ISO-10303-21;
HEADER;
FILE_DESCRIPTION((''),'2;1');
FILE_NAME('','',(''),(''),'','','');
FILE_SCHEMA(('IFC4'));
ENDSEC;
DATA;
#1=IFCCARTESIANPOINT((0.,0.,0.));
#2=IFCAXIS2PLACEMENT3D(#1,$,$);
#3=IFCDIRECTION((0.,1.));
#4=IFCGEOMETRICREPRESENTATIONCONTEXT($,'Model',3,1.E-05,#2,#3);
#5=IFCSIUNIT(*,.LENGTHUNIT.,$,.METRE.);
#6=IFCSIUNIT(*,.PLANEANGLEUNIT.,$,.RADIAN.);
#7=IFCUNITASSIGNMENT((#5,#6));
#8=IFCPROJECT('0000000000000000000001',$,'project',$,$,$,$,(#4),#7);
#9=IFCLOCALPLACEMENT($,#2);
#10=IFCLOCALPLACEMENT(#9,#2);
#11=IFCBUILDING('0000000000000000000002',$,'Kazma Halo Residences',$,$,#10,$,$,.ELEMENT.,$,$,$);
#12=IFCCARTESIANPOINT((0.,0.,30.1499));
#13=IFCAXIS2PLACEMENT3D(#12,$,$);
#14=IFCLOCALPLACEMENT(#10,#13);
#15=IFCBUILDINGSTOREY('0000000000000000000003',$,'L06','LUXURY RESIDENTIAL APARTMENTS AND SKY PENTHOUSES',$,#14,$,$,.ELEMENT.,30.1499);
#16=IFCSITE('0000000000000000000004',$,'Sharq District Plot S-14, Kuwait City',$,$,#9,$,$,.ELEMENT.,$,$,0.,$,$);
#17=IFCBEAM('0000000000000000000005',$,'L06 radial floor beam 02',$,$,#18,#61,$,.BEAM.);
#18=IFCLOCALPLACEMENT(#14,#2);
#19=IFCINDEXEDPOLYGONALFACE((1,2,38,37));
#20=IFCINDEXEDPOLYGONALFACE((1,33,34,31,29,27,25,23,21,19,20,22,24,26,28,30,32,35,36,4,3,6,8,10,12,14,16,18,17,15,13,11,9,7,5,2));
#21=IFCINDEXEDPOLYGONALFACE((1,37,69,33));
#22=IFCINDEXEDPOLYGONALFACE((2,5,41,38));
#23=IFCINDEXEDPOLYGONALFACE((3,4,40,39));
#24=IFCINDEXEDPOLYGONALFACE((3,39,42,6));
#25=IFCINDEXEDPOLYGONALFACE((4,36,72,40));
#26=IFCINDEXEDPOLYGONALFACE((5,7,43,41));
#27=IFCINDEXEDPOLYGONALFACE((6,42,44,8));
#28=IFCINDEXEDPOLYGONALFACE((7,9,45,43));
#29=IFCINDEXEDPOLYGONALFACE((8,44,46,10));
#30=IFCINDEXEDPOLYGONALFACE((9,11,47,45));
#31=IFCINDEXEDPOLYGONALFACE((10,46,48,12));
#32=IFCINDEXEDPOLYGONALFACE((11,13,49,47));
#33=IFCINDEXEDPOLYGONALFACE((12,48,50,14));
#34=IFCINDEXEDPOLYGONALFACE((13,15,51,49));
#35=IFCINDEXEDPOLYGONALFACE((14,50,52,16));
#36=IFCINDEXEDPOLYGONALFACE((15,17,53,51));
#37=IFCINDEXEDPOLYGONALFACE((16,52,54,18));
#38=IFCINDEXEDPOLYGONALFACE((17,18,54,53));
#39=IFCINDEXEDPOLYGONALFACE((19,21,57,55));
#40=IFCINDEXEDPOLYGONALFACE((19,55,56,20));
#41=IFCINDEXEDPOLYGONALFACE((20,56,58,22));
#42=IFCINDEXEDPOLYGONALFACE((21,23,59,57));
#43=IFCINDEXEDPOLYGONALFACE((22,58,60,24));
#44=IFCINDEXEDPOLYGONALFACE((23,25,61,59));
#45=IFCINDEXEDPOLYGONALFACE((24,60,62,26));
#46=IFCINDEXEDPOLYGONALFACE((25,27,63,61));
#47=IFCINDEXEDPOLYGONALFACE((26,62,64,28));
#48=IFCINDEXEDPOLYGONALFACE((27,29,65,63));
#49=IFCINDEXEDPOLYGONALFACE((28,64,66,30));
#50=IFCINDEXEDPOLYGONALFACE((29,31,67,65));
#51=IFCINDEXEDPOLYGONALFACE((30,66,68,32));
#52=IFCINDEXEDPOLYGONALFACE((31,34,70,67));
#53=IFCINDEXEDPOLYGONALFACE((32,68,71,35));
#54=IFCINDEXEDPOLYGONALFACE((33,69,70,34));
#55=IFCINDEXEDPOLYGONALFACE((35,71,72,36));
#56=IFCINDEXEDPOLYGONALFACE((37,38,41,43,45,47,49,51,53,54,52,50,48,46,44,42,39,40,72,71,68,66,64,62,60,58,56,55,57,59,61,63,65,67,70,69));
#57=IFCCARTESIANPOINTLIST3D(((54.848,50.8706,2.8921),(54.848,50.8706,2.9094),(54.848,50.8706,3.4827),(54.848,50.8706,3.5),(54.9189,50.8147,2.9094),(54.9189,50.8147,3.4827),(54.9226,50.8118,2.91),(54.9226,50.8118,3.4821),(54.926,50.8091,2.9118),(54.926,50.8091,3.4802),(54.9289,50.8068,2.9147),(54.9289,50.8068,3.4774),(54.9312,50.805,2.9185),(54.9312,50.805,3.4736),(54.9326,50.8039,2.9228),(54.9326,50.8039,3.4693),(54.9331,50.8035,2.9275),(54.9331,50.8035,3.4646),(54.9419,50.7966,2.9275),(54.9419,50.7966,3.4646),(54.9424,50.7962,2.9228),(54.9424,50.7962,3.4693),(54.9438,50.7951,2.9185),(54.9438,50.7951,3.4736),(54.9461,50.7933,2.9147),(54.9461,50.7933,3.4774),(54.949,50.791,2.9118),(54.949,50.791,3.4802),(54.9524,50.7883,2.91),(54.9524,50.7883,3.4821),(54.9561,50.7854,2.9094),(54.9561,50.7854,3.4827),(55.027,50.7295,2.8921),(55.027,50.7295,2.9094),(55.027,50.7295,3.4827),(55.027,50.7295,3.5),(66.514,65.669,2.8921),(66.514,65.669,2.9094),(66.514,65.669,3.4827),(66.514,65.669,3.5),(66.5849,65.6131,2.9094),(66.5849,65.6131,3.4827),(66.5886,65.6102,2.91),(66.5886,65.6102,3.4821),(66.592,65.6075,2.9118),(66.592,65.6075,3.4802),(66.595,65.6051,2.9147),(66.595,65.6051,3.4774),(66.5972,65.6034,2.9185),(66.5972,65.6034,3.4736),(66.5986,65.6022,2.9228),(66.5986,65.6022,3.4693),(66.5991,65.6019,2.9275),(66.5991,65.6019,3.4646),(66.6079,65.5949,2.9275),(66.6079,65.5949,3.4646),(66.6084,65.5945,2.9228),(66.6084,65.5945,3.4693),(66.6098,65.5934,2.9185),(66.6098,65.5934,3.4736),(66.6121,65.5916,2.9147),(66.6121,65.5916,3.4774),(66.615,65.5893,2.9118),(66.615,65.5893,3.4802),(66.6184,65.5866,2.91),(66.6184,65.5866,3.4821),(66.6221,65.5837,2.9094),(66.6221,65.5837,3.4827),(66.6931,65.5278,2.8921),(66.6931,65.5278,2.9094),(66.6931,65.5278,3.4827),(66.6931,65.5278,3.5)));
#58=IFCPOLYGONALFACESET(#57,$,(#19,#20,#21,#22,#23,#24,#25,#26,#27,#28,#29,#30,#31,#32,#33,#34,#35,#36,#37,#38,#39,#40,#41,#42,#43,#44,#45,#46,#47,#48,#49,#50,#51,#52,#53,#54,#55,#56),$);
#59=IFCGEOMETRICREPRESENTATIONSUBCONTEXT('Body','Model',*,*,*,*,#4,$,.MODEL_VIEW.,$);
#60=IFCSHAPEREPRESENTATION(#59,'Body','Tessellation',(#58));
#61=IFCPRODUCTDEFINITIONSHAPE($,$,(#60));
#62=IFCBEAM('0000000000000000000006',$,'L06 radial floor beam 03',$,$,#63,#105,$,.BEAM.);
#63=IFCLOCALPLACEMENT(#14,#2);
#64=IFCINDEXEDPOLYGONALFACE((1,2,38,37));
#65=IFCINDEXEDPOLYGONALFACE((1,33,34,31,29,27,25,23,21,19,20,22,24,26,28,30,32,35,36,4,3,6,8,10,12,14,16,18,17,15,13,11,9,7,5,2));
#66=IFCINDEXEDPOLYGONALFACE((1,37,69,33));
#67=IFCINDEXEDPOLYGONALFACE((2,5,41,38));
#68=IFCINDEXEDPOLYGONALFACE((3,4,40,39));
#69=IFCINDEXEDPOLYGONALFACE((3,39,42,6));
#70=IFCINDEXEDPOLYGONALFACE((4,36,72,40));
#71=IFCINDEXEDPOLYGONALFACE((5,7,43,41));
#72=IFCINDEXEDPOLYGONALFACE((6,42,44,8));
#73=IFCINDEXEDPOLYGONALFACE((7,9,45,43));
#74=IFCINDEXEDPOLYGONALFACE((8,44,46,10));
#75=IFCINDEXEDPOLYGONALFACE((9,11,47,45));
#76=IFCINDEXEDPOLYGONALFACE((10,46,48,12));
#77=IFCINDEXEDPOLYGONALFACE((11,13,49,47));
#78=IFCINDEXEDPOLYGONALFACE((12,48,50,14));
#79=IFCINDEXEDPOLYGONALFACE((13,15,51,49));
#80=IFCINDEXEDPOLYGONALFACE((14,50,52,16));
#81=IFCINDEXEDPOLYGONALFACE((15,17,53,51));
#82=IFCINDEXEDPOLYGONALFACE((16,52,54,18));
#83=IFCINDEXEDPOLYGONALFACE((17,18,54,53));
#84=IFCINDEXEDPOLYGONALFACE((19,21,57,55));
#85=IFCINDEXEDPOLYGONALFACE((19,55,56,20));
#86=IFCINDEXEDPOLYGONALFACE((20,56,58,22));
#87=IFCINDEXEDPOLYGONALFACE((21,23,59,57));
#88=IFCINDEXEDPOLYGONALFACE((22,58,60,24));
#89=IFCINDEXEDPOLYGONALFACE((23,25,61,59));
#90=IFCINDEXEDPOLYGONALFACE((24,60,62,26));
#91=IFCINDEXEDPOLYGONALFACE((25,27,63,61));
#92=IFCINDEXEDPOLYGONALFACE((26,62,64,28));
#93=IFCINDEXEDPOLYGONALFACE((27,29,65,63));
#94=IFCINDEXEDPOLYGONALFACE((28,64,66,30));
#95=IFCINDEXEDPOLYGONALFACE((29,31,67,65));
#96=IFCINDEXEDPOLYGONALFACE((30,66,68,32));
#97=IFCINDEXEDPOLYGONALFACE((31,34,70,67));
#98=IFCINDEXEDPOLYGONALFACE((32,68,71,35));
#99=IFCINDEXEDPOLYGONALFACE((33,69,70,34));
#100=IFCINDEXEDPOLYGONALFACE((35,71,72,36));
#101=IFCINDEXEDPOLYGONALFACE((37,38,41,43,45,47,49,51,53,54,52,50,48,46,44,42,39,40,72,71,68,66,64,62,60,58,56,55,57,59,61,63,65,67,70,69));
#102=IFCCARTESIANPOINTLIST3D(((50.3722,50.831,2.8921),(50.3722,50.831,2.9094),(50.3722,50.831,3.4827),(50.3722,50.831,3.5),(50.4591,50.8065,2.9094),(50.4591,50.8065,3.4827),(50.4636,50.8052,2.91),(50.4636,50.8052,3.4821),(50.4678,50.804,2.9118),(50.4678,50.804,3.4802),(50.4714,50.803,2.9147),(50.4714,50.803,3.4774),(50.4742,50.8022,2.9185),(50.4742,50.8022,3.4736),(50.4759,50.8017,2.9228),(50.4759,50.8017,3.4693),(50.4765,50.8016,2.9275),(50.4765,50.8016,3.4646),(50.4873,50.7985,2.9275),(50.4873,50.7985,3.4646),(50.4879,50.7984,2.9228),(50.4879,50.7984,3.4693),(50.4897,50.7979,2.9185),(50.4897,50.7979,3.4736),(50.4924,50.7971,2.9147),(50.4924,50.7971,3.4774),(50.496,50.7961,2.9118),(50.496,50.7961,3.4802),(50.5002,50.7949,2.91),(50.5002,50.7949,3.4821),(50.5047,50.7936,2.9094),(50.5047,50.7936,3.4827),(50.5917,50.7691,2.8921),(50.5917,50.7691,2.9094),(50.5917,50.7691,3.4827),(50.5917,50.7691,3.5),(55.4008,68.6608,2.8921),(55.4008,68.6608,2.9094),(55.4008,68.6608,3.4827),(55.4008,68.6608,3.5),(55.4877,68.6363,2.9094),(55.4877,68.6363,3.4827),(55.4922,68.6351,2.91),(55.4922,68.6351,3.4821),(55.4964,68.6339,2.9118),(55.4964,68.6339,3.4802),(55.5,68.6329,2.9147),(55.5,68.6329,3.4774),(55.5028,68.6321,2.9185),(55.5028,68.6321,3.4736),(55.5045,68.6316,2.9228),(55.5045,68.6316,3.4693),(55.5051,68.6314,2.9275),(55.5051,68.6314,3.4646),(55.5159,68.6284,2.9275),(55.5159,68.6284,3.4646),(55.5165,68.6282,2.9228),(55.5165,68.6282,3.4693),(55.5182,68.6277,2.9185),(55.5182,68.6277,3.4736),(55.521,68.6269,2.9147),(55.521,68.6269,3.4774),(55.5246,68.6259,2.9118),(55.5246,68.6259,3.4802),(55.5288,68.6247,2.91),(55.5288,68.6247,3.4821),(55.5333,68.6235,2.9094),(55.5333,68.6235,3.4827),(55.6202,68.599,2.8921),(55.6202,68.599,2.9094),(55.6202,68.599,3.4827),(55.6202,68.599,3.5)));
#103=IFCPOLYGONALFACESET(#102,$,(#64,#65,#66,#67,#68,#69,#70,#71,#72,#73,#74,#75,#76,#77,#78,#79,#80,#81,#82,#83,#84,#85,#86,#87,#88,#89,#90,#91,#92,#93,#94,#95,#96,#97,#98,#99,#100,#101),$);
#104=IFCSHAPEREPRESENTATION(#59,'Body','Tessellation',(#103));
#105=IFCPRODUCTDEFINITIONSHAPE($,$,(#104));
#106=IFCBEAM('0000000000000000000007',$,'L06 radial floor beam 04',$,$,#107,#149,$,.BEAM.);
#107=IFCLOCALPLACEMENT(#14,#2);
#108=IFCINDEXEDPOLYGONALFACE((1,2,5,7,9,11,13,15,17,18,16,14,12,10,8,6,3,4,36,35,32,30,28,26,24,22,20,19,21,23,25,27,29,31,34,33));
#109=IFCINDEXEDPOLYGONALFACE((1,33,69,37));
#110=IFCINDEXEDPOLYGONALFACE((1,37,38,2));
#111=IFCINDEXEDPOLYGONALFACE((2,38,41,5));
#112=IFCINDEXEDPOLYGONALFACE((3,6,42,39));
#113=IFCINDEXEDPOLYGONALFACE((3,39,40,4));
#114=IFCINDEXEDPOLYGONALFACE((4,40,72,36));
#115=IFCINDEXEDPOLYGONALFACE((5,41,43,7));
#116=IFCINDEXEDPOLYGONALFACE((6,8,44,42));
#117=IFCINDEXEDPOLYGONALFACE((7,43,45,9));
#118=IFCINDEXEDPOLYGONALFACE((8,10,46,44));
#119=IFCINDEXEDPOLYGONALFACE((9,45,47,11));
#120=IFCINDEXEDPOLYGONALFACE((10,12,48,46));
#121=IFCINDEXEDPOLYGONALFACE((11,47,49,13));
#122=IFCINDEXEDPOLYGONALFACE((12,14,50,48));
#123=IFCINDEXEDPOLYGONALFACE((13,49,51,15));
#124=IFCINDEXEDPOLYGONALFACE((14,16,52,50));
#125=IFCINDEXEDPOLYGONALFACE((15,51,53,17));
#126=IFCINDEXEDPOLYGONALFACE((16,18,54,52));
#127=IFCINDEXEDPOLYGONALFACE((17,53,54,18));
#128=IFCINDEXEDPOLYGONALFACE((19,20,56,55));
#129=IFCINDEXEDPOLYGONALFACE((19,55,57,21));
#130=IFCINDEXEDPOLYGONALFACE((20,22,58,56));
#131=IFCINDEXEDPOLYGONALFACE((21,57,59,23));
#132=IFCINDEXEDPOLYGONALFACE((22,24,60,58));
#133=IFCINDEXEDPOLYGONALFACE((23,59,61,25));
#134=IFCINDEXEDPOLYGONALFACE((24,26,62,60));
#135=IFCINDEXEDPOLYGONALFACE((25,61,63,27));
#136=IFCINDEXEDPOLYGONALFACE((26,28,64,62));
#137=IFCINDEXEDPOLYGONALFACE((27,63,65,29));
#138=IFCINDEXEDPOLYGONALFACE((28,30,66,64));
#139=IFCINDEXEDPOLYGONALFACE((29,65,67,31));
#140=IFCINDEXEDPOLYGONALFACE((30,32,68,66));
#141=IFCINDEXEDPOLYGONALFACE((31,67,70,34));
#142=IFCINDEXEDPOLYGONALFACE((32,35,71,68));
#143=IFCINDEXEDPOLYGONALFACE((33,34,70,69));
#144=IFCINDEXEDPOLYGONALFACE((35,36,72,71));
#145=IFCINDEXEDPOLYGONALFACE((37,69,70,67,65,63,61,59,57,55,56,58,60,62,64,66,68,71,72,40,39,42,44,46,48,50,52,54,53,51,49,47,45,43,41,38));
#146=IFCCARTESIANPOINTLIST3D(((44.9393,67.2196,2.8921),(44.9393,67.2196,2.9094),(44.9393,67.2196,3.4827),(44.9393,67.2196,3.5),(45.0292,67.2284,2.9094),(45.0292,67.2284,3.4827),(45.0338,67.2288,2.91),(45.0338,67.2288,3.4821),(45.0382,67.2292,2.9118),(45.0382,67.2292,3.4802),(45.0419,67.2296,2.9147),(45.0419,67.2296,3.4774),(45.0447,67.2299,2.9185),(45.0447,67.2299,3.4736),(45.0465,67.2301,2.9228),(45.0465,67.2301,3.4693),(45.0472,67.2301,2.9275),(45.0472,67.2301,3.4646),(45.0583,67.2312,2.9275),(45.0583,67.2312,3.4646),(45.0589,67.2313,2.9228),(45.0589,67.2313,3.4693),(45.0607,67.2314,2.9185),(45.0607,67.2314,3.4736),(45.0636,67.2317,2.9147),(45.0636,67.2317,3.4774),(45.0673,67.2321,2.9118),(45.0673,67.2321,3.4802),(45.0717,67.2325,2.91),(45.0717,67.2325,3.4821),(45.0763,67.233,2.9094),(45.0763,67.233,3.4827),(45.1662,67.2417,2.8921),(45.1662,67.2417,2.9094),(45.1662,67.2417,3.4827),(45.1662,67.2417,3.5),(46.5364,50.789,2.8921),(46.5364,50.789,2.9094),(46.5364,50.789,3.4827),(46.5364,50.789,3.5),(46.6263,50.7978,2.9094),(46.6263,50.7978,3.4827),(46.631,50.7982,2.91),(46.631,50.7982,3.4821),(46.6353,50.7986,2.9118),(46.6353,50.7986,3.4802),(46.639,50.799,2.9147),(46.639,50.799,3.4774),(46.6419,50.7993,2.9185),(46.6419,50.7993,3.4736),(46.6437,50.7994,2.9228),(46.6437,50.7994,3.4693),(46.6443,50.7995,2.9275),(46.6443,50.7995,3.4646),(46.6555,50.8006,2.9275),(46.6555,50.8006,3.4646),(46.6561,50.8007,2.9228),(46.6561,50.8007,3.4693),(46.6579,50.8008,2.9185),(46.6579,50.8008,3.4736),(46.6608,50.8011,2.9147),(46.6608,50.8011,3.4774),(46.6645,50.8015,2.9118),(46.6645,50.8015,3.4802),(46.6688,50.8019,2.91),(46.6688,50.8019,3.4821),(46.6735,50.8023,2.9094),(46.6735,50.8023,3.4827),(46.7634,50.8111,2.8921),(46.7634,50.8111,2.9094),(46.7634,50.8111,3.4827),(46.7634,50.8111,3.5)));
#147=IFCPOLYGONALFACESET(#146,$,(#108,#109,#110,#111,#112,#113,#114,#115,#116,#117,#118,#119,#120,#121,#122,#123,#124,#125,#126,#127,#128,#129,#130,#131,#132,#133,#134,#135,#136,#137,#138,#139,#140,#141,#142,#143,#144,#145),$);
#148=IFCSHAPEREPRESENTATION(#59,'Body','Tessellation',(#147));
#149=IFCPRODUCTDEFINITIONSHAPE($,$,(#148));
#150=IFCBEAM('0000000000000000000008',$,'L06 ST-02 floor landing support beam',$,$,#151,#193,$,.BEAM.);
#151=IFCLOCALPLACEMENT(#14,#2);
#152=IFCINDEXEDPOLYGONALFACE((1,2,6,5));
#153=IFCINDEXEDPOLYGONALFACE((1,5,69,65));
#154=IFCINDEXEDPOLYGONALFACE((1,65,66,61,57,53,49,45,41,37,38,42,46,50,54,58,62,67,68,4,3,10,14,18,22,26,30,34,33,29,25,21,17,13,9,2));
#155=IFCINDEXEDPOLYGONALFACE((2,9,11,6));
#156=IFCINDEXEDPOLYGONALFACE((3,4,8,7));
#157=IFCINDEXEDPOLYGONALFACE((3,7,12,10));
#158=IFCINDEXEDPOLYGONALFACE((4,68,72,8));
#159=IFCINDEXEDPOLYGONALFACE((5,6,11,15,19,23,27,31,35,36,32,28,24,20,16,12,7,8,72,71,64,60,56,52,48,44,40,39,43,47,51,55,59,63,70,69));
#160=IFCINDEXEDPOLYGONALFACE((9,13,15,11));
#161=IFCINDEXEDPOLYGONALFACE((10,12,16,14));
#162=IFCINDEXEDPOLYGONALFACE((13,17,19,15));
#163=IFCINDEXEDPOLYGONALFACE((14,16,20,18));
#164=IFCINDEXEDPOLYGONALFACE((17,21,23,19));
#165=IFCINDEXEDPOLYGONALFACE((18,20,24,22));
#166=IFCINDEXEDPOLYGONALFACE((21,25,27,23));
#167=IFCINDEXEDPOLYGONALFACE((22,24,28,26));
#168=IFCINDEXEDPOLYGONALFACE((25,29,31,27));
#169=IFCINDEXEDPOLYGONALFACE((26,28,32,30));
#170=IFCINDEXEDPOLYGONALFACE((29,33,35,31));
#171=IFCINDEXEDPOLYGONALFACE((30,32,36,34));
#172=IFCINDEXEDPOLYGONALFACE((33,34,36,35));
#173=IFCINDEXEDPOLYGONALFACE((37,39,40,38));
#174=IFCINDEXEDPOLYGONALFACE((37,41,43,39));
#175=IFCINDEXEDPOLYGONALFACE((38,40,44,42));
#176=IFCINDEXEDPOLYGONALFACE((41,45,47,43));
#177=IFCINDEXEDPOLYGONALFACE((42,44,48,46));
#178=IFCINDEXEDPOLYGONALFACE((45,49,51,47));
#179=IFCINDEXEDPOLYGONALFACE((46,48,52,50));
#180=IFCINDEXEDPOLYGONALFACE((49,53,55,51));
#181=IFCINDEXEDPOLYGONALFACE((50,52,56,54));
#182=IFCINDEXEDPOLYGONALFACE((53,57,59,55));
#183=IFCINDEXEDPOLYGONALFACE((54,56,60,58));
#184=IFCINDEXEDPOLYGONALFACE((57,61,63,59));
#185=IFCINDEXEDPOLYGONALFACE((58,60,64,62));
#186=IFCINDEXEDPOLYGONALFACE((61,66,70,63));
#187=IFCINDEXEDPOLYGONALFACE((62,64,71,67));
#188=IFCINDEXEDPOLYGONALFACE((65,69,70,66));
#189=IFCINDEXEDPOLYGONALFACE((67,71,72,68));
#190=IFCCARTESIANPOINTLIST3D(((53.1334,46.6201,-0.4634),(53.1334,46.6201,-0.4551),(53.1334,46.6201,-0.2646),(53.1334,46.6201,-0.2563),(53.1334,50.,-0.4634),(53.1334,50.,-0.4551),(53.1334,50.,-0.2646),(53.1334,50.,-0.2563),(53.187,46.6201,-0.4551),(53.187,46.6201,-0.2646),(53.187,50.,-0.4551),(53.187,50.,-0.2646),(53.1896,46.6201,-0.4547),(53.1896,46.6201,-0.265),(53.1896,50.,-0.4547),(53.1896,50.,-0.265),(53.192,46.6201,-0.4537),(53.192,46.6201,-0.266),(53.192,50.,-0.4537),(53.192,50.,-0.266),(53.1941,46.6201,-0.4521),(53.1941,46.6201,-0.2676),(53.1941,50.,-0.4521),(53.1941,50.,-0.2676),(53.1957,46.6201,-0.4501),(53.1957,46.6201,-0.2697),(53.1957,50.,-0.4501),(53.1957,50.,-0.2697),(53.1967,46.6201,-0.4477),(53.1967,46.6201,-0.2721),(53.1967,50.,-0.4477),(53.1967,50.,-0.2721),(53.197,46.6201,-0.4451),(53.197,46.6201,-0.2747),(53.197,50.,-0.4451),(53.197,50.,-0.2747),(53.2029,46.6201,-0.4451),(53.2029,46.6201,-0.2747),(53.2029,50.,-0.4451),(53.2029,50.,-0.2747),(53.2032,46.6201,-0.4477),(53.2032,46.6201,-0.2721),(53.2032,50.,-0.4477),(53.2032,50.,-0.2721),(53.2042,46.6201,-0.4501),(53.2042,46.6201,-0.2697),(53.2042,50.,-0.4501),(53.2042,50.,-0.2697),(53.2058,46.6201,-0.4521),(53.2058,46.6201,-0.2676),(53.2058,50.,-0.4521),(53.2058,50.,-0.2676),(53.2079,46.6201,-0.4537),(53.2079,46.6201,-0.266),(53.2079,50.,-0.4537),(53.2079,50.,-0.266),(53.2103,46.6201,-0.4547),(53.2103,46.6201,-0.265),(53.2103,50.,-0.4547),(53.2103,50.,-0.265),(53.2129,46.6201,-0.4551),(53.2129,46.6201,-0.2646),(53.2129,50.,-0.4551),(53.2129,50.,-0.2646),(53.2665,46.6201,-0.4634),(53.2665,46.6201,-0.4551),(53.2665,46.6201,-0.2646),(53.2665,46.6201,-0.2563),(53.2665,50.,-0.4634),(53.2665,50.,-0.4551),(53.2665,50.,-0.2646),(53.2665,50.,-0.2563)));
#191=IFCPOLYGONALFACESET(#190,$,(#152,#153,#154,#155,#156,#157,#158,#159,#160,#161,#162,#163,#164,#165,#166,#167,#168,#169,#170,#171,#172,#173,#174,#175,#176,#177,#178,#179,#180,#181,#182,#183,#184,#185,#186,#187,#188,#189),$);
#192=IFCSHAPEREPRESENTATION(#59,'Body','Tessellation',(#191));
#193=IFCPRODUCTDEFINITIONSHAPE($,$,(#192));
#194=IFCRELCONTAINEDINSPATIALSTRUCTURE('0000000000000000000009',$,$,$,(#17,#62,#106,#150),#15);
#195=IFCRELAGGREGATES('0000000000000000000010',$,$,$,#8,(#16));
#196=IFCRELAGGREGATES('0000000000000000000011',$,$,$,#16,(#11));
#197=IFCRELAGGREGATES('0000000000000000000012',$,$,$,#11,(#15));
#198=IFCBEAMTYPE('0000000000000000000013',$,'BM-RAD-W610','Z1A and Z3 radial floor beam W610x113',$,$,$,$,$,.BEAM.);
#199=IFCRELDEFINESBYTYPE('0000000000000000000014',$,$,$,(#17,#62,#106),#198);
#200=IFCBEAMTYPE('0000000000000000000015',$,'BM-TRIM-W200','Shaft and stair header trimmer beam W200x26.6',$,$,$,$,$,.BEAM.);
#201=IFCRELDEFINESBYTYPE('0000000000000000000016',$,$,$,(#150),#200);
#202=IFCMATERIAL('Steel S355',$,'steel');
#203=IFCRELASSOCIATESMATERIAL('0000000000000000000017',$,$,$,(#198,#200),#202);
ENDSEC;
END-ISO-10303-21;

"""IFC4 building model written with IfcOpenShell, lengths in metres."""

from ifc_helpers import new_model, si_unit, direction, frame, origin, origin_2d, place, context, subcontext, project, spatial, i_section, extrude, material, material_profile, profile_set, type_object, element, save


model = new_model("IFC4")

# Units and contexts
model_context = context("Model", 3, precision=1e-05, world=origin(), true_north=direction((0.0, 1.0)))
body_context = subcontext(model_context, "Body", "Model", "MODEL_VIEW")
ifc_project = project(units=[si_unit("LENGTHUNIT", "METRE"), si_unit("PLANEANGLEUNIT", "RADIAN")], contexts=[model_context])

# Site, building, storey
site_placement = place(None, origin())
site = spatial("IfcSite", under=ifc_project, at=site_placement, Name="Sharq District Plot S-14, Kuwait City", CompositionType="ELEMENT", RefElevation=0.0)
building_placement = place(site_placement, origin())
building = spatial("IfcBuilding", under=site, at=building_placement, Name="Kazma Halo Residences", CompositionType="ELEMENT")
storey_placement = place(building_placement, frame((0.0, 0.0, 30.1499)))
storey = spatial("IfcBuildingStorey", under=building, at=storey_placement, Name="L06", Description="LUXURY RESIDENTIAL APARTMENTS AND SKY PENTHOUSES", CompositionType="ELEMENT", Elevation=30.1499)

# Shared definitions
ifc_material_1 = material(Name="Steel S355", Category="steel")

# Beams
ifc_material_profile_1 = material_profile(ifc_material_1, i_section(OverallWidth=0.228, OverallDepth=0.6079, WebThickness=0.0112, FlangeThickness=0.0173, FilletRadius=0.0181, at=origin_2d()), Name="W610x113")
ifc_profile_set_1 = profile_set([ifc_material_profile_1], Name="Steel S355")
beam_type_1 = type_object("IfcBeamType", Name="BM-RAD-W610", Description="Z1A and Z3 radial floor beam W610x113", PredefinedType="BEAM", material=ifc_profile_set_1)
beam_1_placement = place(storey_placement, frame((54.9375, 50.8, 3.196), z_axis=(0.619092, 0.785318, 0.0), x_axis=(-0.785318, 0.619092, 0.0)))
element("IfcBeam", 1, at=beam_1_placement, inside=storey, type_object=beam_type_1, Name="L06 radial floor beam 02", PredefinedType="BEAM", context=body_context, shape_type="SweptSolid", body=[
    extrude(i_section(OverallWidth=0.228, OverallDepth=0.6079, WebThickness=0.0112, FlangeThickness=0.0173, FilletRadius=0.0181, at=origin_2d()), origin(), (0.0, 0.0, 1.0), 18.8438),
])
beam_2_placement = place(storey_placement, frame((50.4819, 50.8, 3.196), z_axis=(0.271442, 0.962455, 0.0), x_axis=(-0.962455, 0.271442, 0.0)))
element("IfcBeam", 2, at=beam_2_placement, inside=storey, type_object=beam_type_1, Name="L06 radial floor beam 03", PredefinedType="BEAM", context=body_context, shape_type="SweptSolid", body=[
    extrude(i_section(OverallWidth=0.228, OverallDepth=0.6079, WebThickness=0.0112, FlangeThickness=0.0173, FilletRadius=0.0181, at=origin_2d()), origin(), (0.0, 0.0, 1.0), 18.5254),
])
beam_3_placement = place(storey_placement, frame((46.6499, 50.8, 3.196), z_axis=(-0.096751, 0.995309, 0.0), x_axis=(-0.995309, -0.096751, 0.0)))
element("IfcBeam", 3, at=beam_3_placement, inside=storey, type_object=beam_type_1, Name="L06 radial floor beam 04", PredefinedType="BEAM", context=body_context, shape_type="SweptSolid", body=[
    extrude(i_section(OverallWidth=0.228, OverallDepth=0.6079, WebThickness=0.0112, FlangeThickness=0.0173, FilletRadius=0.0181, at=origin_2d()), origin(), (0.0, 0.0, 1.0), 16.5081),
])
ifc_material_profile_2 = material_profile(ifc_material_1, i_section(OverallWidth=0.1331, OverallDepth=0.207, WebThickness=0.0059, FlangeThickness=0.0083, FilletRadius=0.01, at=origin_2d()), Name="W200x26.6")
ifc_profile_set_2 = profile_set([ifc_material_profile_2], Name="Steel S355")
beam_type_2 = type_object("IfcBeamType", Name="BM-TRIM-W200", Description="Shaft and stair header trimmer beam W200x26.6", PredefinedType="BEAM", material=ifc_profile_set_2)
beam_4_placement = place(storey_placement, frame((53.2, 46.6201, -0.3599), z_axis=(0.0, 1.0, 0.0), x_axis=(-1.0, 0.0, 0.0)))
element("IfcBeam", 4, at=beam_4_placement, inside=storey, type_object=beam_type_2, Name="L06 ST-02 floor landing support beam", PredefinedType="BEAM", context=body_context, shape_type="SweptSolid", body=[
    extrude(i_section(OverallWidth=0.1331, OverallDepth=0.207, WebThickness=0.0059, FlangeThickness=0.0083, FilletRadius=0.01, at=origin_2d()), origin(), (0.0, 0.0, 1.0), 3.3799),
])

save(model, "model.ifc")
